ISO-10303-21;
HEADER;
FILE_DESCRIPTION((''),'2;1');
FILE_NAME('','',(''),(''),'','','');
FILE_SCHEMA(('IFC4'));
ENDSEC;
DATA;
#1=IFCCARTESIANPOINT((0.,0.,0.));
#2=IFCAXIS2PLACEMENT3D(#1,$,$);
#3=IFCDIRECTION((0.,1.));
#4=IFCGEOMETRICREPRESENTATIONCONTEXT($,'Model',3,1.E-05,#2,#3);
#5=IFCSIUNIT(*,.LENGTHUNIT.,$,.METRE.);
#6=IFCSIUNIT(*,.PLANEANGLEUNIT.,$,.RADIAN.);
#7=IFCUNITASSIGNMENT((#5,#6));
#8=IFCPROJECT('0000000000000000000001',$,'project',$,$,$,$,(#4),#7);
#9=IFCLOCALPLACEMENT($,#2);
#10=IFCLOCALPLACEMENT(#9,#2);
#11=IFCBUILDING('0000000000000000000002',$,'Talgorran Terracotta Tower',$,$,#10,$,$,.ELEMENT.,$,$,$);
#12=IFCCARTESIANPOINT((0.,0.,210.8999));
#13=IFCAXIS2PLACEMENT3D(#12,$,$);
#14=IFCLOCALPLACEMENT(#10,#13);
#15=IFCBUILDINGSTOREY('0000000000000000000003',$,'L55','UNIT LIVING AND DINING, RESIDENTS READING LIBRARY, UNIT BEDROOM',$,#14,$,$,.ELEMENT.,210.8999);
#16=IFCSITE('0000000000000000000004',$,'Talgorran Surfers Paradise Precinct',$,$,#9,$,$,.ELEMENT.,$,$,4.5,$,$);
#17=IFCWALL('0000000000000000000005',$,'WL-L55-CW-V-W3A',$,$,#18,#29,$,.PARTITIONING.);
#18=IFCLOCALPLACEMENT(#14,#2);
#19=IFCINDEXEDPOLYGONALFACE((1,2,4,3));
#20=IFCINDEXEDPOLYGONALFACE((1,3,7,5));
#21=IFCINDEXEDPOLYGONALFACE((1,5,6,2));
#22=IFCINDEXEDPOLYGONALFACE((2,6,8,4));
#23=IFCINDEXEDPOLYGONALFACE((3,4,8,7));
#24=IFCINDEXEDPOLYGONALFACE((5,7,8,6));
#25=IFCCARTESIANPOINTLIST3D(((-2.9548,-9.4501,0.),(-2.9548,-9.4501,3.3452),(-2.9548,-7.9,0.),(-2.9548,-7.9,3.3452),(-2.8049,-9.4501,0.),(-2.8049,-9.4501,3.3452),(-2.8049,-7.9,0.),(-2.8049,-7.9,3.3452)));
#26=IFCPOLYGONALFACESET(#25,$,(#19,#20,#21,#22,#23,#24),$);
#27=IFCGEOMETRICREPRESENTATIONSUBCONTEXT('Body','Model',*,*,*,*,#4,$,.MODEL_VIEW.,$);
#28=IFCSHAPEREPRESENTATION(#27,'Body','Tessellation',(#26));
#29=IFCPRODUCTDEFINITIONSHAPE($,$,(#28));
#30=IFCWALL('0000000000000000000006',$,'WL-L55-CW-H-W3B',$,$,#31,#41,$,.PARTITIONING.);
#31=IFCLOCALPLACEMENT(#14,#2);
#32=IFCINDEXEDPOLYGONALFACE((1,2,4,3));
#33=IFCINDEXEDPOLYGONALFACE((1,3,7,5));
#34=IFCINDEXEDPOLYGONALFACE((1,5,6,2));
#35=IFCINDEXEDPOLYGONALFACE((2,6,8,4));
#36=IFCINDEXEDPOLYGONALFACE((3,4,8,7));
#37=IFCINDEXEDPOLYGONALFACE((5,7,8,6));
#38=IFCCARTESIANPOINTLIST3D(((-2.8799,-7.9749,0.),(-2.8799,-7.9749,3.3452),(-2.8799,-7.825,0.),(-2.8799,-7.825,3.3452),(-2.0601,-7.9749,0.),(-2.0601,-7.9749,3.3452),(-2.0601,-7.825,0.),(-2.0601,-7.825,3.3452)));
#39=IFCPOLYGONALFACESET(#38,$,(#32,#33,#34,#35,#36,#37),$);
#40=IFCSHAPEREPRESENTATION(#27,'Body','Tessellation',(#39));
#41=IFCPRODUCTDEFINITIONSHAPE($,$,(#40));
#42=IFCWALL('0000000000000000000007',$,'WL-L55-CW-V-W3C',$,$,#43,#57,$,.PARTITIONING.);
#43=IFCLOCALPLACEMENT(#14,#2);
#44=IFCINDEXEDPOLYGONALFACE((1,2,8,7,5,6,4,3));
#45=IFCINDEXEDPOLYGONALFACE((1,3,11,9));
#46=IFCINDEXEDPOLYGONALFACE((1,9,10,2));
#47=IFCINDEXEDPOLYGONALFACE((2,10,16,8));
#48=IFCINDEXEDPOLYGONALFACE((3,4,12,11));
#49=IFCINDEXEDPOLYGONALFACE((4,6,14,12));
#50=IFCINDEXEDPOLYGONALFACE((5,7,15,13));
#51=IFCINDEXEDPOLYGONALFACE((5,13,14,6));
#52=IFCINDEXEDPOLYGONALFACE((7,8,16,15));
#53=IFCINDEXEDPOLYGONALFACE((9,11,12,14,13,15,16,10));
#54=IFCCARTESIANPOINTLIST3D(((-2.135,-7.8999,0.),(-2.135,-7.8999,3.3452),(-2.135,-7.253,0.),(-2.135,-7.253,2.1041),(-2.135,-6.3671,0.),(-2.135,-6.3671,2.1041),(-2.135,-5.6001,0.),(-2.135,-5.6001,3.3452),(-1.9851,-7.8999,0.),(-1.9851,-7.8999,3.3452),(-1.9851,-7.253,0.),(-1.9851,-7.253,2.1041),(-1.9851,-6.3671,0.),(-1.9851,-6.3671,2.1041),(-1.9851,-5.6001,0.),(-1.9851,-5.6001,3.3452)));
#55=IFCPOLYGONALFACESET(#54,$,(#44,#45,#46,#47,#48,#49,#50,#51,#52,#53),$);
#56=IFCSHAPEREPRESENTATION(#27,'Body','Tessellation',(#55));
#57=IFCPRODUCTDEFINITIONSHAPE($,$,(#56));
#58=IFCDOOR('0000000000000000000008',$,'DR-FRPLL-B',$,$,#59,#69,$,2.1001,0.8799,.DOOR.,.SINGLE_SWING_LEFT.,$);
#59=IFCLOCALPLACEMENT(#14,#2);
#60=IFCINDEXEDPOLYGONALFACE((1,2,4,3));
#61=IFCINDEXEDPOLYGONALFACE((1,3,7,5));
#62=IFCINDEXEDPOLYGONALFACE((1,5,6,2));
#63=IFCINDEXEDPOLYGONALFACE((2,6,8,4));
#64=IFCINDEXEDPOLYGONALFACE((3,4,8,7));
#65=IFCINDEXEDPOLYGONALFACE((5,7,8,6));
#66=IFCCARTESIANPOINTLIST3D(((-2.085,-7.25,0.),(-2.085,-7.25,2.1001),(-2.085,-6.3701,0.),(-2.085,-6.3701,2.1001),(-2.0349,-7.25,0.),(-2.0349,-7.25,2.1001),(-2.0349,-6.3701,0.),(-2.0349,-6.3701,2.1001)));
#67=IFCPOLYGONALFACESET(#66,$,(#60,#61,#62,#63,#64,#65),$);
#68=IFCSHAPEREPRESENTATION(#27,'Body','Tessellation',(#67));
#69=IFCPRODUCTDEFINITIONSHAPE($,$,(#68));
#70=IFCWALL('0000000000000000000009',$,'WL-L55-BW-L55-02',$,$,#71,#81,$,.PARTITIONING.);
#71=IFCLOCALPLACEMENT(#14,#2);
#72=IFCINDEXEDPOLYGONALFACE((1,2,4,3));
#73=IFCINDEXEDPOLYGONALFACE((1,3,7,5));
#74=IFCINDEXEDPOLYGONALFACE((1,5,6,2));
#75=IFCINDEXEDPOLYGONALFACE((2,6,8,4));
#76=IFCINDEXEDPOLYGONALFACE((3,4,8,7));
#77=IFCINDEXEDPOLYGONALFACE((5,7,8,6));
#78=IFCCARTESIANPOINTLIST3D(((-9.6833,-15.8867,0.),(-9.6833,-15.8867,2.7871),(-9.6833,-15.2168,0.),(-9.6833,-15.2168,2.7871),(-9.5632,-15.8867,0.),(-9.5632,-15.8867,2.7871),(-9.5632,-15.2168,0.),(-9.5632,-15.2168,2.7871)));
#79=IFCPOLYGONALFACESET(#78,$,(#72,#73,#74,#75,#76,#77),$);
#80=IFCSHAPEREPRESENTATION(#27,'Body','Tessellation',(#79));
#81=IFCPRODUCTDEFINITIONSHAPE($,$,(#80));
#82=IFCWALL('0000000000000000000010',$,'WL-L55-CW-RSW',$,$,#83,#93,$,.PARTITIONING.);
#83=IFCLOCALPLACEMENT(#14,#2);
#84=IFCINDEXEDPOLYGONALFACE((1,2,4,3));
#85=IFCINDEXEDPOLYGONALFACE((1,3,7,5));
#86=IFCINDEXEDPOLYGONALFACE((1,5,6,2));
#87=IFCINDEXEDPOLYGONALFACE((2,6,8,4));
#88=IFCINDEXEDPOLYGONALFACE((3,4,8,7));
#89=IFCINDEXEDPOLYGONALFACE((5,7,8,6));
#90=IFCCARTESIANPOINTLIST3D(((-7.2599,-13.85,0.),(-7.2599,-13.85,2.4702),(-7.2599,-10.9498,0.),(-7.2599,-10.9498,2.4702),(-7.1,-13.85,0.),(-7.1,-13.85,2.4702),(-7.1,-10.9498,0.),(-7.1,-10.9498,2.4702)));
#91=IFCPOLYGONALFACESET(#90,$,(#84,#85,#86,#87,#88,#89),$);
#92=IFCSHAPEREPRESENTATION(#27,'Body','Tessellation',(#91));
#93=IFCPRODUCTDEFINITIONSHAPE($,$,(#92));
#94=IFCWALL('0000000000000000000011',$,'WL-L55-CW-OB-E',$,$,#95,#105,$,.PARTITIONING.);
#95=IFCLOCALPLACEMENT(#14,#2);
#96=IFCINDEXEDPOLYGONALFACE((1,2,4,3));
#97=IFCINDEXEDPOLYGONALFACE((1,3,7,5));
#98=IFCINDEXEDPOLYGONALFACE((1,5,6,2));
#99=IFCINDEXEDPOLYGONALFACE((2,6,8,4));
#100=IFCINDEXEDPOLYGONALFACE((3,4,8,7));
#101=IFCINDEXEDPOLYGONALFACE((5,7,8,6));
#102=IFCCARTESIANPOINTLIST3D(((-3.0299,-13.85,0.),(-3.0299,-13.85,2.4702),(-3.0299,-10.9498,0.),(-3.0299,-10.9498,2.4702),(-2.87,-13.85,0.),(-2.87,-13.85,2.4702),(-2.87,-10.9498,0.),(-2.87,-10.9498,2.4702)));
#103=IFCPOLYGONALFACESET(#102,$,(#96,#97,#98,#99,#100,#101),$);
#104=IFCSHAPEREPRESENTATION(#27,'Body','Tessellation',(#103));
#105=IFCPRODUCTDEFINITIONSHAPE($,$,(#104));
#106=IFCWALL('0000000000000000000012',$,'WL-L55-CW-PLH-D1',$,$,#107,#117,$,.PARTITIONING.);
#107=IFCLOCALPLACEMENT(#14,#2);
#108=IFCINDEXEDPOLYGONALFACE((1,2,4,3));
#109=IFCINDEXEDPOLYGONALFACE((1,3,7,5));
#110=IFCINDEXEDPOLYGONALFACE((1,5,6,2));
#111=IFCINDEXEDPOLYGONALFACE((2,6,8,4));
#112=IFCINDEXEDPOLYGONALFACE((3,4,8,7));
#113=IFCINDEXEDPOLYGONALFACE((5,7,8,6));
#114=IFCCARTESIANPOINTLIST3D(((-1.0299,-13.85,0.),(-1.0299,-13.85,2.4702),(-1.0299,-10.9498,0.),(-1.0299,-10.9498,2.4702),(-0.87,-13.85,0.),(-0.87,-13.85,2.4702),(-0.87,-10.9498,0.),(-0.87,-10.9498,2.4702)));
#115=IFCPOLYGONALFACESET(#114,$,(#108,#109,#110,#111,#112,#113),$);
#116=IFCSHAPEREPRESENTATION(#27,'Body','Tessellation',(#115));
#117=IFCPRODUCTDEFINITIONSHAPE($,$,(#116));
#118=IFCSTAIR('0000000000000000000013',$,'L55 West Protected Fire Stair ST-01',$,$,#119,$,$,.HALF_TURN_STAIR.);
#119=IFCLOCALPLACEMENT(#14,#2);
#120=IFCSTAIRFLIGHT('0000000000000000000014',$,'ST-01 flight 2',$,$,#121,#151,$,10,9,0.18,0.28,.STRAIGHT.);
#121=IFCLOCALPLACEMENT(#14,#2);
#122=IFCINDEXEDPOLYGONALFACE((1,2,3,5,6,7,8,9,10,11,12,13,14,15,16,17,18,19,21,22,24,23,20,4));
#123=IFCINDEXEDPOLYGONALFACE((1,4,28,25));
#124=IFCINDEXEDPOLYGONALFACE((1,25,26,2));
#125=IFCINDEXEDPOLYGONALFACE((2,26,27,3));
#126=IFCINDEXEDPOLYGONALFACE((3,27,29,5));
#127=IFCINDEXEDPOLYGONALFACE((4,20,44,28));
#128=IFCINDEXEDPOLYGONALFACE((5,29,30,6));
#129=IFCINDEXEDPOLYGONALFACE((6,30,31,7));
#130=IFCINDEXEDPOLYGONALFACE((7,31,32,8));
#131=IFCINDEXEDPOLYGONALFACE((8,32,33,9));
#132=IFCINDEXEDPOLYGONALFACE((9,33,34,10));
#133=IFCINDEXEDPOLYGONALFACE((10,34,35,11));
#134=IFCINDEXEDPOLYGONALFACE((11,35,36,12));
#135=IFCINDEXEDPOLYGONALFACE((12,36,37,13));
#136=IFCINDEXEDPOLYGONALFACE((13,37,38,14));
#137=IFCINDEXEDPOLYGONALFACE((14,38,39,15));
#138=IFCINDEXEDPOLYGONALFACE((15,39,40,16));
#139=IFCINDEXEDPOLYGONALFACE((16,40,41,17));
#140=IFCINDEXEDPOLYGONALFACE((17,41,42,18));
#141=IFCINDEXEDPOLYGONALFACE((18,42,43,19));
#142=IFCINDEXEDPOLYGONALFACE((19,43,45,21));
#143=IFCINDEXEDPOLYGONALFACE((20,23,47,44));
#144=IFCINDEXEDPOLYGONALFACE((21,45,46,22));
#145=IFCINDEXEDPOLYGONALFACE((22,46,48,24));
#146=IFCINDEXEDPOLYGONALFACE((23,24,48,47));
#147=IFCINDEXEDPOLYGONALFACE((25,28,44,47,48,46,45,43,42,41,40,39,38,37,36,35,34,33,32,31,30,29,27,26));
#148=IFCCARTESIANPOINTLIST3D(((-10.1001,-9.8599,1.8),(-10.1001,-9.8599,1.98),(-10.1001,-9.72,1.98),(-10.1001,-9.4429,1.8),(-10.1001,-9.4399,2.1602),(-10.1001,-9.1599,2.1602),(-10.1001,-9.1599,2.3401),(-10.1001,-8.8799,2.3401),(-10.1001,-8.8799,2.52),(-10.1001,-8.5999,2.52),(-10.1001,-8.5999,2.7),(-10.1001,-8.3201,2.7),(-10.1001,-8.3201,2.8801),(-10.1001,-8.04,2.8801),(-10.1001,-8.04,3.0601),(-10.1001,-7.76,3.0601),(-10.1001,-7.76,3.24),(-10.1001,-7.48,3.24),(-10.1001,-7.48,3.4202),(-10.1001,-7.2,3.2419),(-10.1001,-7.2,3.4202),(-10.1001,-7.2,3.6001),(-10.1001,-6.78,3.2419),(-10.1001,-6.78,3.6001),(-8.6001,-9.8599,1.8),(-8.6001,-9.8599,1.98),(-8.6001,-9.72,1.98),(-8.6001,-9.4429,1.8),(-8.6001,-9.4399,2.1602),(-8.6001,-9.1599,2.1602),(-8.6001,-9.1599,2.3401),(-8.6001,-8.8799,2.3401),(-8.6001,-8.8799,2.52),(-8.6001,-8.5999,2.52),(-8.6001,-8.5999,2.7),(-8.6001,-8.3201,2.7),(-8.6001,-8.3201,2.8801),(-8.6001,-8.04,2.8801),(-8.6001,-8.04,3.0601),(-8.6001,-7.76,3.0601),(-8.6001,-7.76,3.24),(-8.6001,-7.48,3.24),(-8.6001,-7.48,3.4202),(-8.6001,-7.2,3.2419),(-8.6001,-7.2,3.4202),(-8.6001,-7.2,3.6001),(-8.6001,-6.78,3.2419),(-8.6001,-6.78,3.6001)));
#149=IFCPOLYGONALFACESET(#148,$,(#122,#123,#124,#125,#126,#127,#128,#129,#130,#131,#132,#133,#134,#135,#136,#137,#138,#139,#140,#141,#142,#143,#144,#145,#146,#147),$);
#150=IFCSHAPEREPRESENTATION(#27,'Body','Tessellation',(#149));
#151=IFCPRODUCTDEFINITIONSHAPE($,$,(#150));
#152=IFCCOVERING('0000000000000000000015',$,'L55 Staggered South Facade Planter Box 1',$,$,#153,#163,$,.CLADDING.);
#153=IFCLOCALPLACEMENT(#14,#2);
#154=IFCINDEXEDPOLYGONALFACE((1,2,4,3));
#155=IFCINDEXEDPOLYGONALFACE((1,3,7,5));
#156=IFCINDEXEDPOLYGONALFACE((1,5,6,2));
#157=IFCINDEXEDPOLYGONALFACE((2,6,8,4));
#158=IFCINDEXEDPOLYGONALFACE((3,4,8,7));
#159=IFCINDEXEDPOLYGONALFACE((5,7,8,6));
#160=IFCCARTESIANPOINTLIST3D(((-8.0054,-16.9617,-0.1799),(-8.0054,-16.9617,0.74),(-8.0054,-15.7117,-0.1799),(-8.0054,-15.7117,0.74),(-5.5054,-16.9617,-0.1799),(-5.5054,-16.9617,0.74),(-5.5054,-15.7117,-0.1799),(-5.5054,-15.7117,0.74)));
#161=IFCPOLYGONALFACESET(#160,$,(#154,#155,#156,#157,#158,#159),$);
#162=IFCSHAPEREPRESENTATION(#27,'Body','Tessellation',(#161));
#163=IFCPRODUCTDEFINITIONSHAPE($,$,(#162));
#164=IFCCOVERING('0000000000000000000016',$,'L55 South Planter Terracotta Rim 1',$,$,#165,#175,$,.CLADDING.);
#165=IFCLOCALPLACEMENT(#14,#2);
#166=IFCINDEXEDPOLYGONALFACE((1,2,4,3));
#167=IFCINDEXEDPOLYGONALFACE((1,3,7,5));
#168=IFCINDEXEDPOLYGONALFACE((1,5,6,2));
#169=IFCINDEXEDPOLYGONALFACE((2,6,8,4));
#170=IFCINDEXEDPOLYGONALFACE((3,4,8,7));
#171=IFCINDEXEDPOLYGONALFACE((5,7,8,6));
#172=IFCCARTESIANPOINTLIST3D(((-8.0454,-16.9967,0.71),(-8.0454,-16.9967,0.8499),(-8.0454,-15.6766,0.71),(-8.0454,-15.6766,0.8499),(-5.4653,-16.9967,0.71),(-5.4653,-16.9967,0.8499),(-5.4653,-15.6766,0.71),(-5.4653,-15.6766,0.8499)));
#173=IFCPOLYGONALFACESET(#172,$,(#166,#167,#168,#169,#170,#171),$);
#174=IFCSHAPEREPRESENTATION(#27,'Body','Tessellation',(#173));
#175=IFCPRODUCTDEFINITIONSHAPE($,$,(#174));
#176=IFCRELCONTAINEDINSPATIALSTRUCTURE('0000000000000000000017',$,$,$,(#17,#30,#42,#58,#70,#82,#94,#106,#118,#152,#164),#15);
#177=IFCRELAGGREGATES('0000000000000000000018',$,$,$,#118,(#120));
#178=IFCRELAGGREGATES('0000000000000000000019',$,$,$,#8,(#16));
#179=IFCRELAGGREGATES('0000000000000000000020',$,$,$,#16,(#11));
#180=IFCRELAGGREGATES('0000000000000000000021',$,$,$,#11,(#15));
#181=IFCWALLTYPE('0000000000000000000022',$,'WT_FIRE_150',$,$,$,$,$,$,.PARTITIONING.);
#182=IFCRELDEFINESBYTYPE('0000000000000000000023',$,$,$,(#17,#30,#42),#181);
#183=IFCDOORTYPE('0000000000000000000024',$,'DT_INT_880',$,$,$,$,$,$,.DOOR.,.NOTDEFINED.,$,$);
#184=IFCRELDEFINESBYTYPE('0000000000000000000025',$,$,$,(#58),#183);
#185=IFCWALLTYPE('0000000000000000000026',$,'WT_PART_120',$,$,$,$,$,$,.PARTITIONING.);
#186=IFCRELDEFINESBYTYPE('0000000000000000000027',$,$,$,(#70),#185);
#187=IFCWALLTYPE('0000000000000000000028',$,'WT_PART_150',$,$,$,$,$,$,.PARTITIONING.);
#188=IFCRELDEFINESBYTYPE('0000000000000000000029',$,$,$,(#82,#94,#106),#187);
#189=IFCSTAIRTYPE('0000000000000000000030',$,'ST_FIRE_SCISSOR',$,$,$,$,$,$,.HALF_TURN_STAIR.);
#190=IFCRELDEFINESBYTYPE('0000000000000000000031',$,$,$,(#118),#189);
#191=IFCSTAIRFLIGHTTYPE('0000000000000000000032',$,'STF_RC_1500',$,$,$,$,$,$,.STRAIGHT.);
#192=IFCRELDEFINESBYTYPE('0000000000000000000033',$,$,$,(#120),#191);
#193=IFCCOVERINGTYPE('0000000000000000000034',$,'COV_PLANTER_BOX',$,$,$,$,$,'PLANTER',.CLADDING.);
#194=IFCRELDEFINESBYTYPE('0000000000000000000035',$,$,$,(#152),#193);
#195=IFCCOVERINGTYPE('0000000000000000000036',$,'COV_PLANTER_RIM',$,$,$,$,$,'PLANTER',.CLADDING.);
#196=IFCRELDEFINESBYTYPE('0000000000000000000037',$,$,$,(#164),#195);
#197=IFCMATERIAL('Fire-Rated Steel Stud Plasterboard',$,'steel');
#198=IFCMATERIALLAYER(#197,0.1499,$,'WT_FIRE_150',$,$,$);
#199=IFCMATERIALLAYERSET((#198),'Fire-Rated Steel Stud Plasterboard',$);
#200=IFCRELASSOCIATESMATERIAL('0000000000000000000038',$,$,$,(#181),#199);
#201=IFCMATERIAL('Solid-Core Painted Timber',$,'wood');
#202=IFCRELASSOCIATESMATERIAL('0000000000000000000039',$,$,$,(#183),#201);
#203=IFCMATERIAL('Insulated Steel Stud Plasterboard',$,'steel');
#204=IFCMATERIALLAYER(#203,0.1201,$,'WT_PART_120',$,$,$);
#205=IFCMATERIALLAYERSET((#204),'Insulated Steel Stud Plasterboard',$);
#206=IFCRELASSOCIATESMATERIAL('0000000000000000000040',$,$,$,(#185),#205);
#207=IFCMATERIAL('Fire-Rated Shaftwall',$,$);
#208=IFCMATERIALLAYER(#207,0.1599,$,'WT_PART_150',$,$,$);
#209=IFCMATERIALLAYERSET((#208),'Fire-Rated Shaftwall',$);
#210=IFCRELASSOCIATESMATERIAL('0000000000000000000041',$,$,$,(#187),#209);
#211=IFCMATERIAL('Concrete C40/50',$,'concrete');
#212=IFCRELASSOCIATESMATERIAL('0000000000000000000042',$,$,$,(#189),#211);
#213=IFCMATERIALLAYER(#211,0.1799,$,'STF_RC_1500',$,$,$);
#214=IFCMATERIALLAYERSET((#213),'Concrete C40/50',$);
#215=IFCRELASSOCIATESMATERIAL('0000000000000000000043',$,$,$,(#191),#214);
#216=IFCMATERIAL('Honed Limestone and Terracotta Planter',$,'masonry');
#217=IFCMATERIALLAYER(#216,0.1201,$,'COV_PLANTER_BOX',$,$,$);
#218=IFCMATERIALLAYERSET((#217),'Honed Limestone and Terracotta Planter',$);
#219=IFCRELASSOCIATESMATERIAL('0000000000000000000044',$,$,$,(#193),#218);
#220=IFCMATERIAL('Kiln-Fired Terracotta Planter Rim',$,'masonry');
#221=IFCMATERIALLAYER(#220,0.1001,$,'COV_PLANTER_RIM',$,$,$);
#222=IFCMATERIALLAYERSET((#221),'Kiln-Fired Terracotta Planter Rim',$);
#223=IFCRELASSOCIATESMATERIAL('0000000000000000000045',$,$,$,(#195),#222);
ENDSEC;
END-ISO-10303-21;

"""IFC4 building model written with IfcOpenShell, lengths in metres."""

from ifc_helpers import new_model, si_unit, direction, frame, frame_2d, origin, origin_2d, place, context, subcontext, project, spatial, polyline, rectangle, outline, extrude, material, layer, layer_set, type_object, element, fill, aggregate, save


model = new_model("IFC4")

# Units and contexts
model_context = context("Model", 3, precision=1e-05, world=origin(), true_north=direction((0.0, 1.0)))
body_context = subcontext(model_context, "Body", "Model", "MODEL_VIEW")
ifc_project = project(units=[si_unit("LENGTHUNIT", "METRE"), si_unit("PLANEANGLEUNIT", "RADIAN")], contexts=[model_context])

# Site, building, storey
site_placement = place(None, origin())
site = spatial("IfcSite", under=ifc_project, at=site_placement, Name="Talgorran Surfers Paradise Precinct", CompositionType="ELEMENT", RefElevation=4.5)
building_placement = place(site_placement, origin())
building = spatial("IfcBuilding", under=site, at=building_placement, Name="Talgorran Terracotta Tower", CompositionType="ELEMENT")
storey_placement = place(building_placement, frame((0.0, 0.0, 210.8999)))
storey = spatial("IfcBuildingStorey", under=building, at=storey_placement, Name="L55", Description="UNIT LIVING AND DINING, RESIDENTS READING LIBRARY, UNIT BEDROOM", CompositionType="ELEMENT", Elevation=210.8999)

# Walls
ifc_material_1 = material(Name="Fire-Rated Steel Stud Plasterboard", Category="steel")
ifc_layer_1 = layer(ifc_material_1, 0.1499, Name="WT_FIRE_150")
ifc_layer_set_1 = layer_set([ifc_layer_1], Name="Fire-Rated Steel Stud Plasterboard")
wall_type_1 = type_object("IfcWallType", Name="WT_FIRE_150", PredefinedType="PARTITIONING", material=ifc_layer_set_1)
wall_1_placement = place(storey_placement, frame((-2.8799, -9.45, 0.0), z_axis=(0.0, 0.0, 1.0), x_axis=(0.0, 1.0, 0.0)))
element("IfcWall", 1, at=wall_1_placement, inside=storey, type_object=wall_type_1, Name="WL-L55-CW-V-W3A", PredefinedType="PARTITIONING", context=body_context, shape_type="SweptSolid", body=[
    extrude(rectangle(XDim=1.55, YDim=0.1499, at=frame_2d((0.7749, 0.0))), origin(), (0.0, 0.0, 1.0), 3.3452),
])
wall_2_placement = place(storey_placement, frame((-2.8799, -7.8999, 0.0), z_axis=(0.0, 0.0, 1.0), x_axis=(1.0, 0.0, 0.0)))
element("IfcWall", 2, at=wall_2_placement, inside=storey, type_object=wall_type_1, Name="WL-L55-CW-H-W3B", PredefinedType="PARTITIONING", context=body_context, shape_type="SweptSolid", body=[
    extrude(rectangle(XDim=0.8198, YDim=0.1499, at=frame_2d((0.4099, 0.0))), origin(), (0.0, 0.0, 1.0), 3.3452),
])

# Wall, opening, door
wall_3_placement = place(storey_placement, frame((-2.0601, -7.8999, 0.0), z_axis=(0.0, 0.0, 1.0), x_axis=(0.0, 1.0, 0.0)))
wall_3 = element("IfcWall", 3, at=wall_3_placement, inside=storey, type_object=wall_type_1, Name="WL-L55-CW-V-W3C", PredefinedType="PARTITIONING", context=body_context, shape_type="SweptSolid", body=[
    extrude(rectangle(XDim=2.2998, YDim=0.1499, at=frame_2d((1.1499, 0.0))), origin(), (0.0, 0.0, 1.0), 3.3452),
])
opening_1_placement = place(wall_3_placement, frame((0.6499, 0.0, 0.0)))
opening_1 = element("IfcOpeningElement", 4, at=opening_1_placement, cuts=wall_3, PredefinedType="OPENING", context=body_context, shape_type="SweptSolid", body=[
    extrude(rectangle(XDim=0.8859, YDim=2.1041, at=frame_2d((0.4399, 1.052))), frame((0.0, 0.085, 0.0), z_axis=(0.0, -1.0, 0.0), x_axis=(1.0, 0.0, 0.0)), (0.0, 0.0, 1.0), 0.1699),
])
ifc_material_2 = material(Name="Solid-Core Painted Timber", Category="wood")
door_type_1 = type_object("IfcDoorType", Name="DT_INT_880", OperationType="NOTDEFINED", PredefinedType="DOOR", material=ifc_material_2)
door_1_placement = place(opening_1_placement, origin())
door_1 = element("IfcDoor", 5, at=door_1_placement, inside=storey, type_object=door_type_1, Name="DR-FRPLL-B", OperationType="SINGLE_SWING_LEFT", OverallHeight=2.1001, OverallWidth=0.8799, PredefinedType="DOOR", context=body_context, shape_type="SweptSolid", body=[
    extrude(rectangle(XDim=0.8799, YDim=2.1001, at=frame_2d((0.4399, 1.05))), frame((0.0, 0.0249, 0.0), z_axis=(0.0, -1.0, 0.0), x_axis=(1.0, 0.0, 0.0)), (0.0, 0.0, 1.0), 0.05),
])
fill(opening_1, door_1)

# Walls
ifc_material_3 = material(Name="Insulated Steel Stud Plasterboard", Category="steel")
ifc_layer_2 = layer(ifc_material_3, 0.1201, Name="WT_PART_120")
ifc_layer_set_2 = layer_set([ifc_layer_2], Name="Insulated Steel Stud Plasterboard")
wall_type_2 = type_object("IfcWallType", Name="WT_PART_120", PredefinedType="PARTITIONING", material=ifc_layer_set_2)
wall_4_placement = place(storey_placement, frame((-9.6233, -15.2168, 0.0), z_axis=(0.0, 0.0, 1.0), x_axis=(0.0, -1.0, 0.0)))
element("IfcWall", 6, at=wall_4_placement, inside=storey, type_object=wall_type_2, Name="WL-L55-BW-L55-02", PredefinedType="PARTITIONING", context=body_context, shape_type="SweptSolid", body=[
    extrude(rectangle(XDim=0.6699, YDim=0.1201, at=frame_2d((0.335, 0.0))), origin(), (0.0, 0.0, 1.0), 2.7871),
])
ifc_material_4 = material(Name="Fire-Rated Shaftwall")
ifc_layer_3 = layer(ifc_material_4, 0.1599, Name="WT_PART_150")
ifc_layer_set_3 = layer_set([ifc_layer_3], Name="Fire-Rated Shaftwall")
wall_type_3 = type_object("IfcWallType", Name="WT_PART_150", PredefinedType="PARTITIONING", material=ifc_layer_set_3)
for number, where, z_axis, x_axis, name in (
    (7, (-7.1799, -13.8501, 0.0), (0.0, 0.0, 1.0), (0.0, 1.0, 0.0), "WL-L55-CW-RSW"),
    (8, (-2.95, -13.8501, 0.0), (0.0, 0.0, 1.0), (0.0, 1.0, 0.0), "WL-L55-CW-OB-E"),
    (9, (-0.95, -13.8501, 0.0), (0.0, 0.0, 1.0), (0.0, 1.0, 0.0), "WL-L55-CW-PLH-D1"),
):
    element("IfcWall", number, at=place(storey_placement, frame(where, z_axis=z_axis, x_axis=x_axis)), inside=storey, type_object=wall_type_3, Name=name, PredefinedType="PARTITIONING", context=body_context, shape_type="SweptSolid", body=[
        extrude(rectangle(XDim=2.9001, YDim=0.1599, at=frame_2d((1.4502, 0.0))), origin(), (0.0, 0.0, 1.0), 2.4702),
    ])

# Stair, stair flight
ifc_material_5 = material(Name="Concrete C40/50", Category="concrete")
stair_type = type_object("IfcStairType", Name="ST_FIRE_SCISSOR", PredefinedType="HALF_TURN_STAIR", material=ifc_material_5)
stair_placement = place(storey_placement, origin())
stair = element("IfcStair", 10, at=stair_placement, inside=storey, type_object=stair_type, Name="L55 West Protected Fire Stair ST-01", PredefinedType="HALF_TURN_STAIR")
ifc_layer_4 = layer(ifc_material_5, 0.1799, Name="STF_RC_1500")
ifc_layer_set_4 = layer_set([ifc_layer_4], Name="Concrete C40/50")
stair_flight_type = type_object("IfcStairFlightType", Name="STF_RC_1500", PredefinedType="STRAIGHT", material=ifc_layer_set_4)
stair_flight_placement = place(storey_placement, frame((-9.3501, -9.72, 1.8), z_axis=(0.0, 0.0, 1.0), x_axis=(0.0, 1.0, 0.0)))
stair_flight = element("IfcStairFlight", 11, at=stair_flight_placement, type_object=stair_flight_type, Name="ST-01 flight 2", NumberOfRisers=10, NumberOfTreads=9, PredefinedType="STRAIGHT", RiserHeight=0.18, TreadLength=0.28, context=body_context, shape_type="SweptSolid", body=[
    extrude(outline(polyline([(-0.1399, 0.0), (-0.1399, 0.1799), (0.0, 0.1799), (0.28, 0.3601), (0.5601, 0.3601), (0.5601, 0.54), (0.8401, 0.54), (0.8401, 0.72), (1.1201, 0.72), (1.1201, 0.8999), (1.3999, 0.8999), (1.3999, 1.0801), (1.6799, 1.0801), (1.6799, 1.26), (1.96, 1.26), (1.96, 1.4399), (2.24, 1.4399), (2.24, 1.6201), (2.52, 1.6201), (2.52, 1.8), (2.9399, 1.8), (2.9399, 1.4419), (2.52, 1.4419), (0.2771, 0.0), (-0.1399, 0.0)])), frame((0.0, 0.75, 0.0), z_axis=(0.0, -1.0, 0.0), x_axis=(1.0, 0.0, 0.0)), (0.0, 0.0, 1.0), 1.5),
])
aggregate(stair, [stair_flight])

# Coverings
ifc_material_6 = material(Name="Honed Limestone and Terracotta Planter", Category="masonry")
ifc_layer_5 = layer(ifc_material_6, 0.1201, Name="COV_PLANTER_BOX")
ifc_layer_set_5 = layer_set([ifc_layer_5], Name="Honed Limestone and Terracotta Planter")
covering_type_1 = type_object("IfcCoveringType", Name="COV_PLANTER_BOX", ElementType="PLANTER", PredefinedType="CLADDING", material=ifc_layer_set_5)
covering_1_placement = place(storey_placement, frame((-6.7554, -16.3367, -0.1799), z_axis=(0.0, 0.0, 1.0), x_axis=(1.0, 0.0, 0.0)))
element("IfcCovering", 12, at=covering_1_placement, inside=storey, type_object=covering_type_1, Name="L55 Staggered South Facade Planter Box 1", PredefinedType="CLADDING", context=body_context, shape_type="SweptSolid", body=[
    extrude(rectangle(XDim=2.5, YDim=1.25, at=origin_2d()), origin(), (0.0, 0.0, 1.0), 0.9199),
])
ifc_material_7 = material(Name="Kiln-Fired Terracotta Planter Rim", Category="masonry")
ifc_layer_6 = layer(ifc_material_7, 0.1001, Name="COV_PLANTER_RIM")
ifc_layer_set_6 = layer_set([ifc_layer_6], Name="Kiln-Fired Terracotta Planter Rim")
covering_type_2 = type_object("IfcCoveringType", Name="COV_PLANTER_RIM", ElementType="PLANTER", PredefinedType="CLADDING", material=ifc_layer_set_6)
covering_2_placement = place(storey_placement, frame((-6.7554, -16.3367, 0.71), z_axis=(0.0, 0.0, 1.0), x_axis=(1.0, 0.0, 0.0)))
element("IfcCovering", 13, at=covering_2_placement, inside=storey, type_object=covering_type_2, Name="L55 South Planter Terracotta Rim 1", PredefinedType="CLADDING", context=body_context, shape_type="SweptSolid", body=[
    extrude(rectangle(XDim=2.5801, YDim=1.3201, at=origin_2d()), origin(), (0.0, 0.0, 1.0), 0.1399),
])

save(model, "model.ifc")
